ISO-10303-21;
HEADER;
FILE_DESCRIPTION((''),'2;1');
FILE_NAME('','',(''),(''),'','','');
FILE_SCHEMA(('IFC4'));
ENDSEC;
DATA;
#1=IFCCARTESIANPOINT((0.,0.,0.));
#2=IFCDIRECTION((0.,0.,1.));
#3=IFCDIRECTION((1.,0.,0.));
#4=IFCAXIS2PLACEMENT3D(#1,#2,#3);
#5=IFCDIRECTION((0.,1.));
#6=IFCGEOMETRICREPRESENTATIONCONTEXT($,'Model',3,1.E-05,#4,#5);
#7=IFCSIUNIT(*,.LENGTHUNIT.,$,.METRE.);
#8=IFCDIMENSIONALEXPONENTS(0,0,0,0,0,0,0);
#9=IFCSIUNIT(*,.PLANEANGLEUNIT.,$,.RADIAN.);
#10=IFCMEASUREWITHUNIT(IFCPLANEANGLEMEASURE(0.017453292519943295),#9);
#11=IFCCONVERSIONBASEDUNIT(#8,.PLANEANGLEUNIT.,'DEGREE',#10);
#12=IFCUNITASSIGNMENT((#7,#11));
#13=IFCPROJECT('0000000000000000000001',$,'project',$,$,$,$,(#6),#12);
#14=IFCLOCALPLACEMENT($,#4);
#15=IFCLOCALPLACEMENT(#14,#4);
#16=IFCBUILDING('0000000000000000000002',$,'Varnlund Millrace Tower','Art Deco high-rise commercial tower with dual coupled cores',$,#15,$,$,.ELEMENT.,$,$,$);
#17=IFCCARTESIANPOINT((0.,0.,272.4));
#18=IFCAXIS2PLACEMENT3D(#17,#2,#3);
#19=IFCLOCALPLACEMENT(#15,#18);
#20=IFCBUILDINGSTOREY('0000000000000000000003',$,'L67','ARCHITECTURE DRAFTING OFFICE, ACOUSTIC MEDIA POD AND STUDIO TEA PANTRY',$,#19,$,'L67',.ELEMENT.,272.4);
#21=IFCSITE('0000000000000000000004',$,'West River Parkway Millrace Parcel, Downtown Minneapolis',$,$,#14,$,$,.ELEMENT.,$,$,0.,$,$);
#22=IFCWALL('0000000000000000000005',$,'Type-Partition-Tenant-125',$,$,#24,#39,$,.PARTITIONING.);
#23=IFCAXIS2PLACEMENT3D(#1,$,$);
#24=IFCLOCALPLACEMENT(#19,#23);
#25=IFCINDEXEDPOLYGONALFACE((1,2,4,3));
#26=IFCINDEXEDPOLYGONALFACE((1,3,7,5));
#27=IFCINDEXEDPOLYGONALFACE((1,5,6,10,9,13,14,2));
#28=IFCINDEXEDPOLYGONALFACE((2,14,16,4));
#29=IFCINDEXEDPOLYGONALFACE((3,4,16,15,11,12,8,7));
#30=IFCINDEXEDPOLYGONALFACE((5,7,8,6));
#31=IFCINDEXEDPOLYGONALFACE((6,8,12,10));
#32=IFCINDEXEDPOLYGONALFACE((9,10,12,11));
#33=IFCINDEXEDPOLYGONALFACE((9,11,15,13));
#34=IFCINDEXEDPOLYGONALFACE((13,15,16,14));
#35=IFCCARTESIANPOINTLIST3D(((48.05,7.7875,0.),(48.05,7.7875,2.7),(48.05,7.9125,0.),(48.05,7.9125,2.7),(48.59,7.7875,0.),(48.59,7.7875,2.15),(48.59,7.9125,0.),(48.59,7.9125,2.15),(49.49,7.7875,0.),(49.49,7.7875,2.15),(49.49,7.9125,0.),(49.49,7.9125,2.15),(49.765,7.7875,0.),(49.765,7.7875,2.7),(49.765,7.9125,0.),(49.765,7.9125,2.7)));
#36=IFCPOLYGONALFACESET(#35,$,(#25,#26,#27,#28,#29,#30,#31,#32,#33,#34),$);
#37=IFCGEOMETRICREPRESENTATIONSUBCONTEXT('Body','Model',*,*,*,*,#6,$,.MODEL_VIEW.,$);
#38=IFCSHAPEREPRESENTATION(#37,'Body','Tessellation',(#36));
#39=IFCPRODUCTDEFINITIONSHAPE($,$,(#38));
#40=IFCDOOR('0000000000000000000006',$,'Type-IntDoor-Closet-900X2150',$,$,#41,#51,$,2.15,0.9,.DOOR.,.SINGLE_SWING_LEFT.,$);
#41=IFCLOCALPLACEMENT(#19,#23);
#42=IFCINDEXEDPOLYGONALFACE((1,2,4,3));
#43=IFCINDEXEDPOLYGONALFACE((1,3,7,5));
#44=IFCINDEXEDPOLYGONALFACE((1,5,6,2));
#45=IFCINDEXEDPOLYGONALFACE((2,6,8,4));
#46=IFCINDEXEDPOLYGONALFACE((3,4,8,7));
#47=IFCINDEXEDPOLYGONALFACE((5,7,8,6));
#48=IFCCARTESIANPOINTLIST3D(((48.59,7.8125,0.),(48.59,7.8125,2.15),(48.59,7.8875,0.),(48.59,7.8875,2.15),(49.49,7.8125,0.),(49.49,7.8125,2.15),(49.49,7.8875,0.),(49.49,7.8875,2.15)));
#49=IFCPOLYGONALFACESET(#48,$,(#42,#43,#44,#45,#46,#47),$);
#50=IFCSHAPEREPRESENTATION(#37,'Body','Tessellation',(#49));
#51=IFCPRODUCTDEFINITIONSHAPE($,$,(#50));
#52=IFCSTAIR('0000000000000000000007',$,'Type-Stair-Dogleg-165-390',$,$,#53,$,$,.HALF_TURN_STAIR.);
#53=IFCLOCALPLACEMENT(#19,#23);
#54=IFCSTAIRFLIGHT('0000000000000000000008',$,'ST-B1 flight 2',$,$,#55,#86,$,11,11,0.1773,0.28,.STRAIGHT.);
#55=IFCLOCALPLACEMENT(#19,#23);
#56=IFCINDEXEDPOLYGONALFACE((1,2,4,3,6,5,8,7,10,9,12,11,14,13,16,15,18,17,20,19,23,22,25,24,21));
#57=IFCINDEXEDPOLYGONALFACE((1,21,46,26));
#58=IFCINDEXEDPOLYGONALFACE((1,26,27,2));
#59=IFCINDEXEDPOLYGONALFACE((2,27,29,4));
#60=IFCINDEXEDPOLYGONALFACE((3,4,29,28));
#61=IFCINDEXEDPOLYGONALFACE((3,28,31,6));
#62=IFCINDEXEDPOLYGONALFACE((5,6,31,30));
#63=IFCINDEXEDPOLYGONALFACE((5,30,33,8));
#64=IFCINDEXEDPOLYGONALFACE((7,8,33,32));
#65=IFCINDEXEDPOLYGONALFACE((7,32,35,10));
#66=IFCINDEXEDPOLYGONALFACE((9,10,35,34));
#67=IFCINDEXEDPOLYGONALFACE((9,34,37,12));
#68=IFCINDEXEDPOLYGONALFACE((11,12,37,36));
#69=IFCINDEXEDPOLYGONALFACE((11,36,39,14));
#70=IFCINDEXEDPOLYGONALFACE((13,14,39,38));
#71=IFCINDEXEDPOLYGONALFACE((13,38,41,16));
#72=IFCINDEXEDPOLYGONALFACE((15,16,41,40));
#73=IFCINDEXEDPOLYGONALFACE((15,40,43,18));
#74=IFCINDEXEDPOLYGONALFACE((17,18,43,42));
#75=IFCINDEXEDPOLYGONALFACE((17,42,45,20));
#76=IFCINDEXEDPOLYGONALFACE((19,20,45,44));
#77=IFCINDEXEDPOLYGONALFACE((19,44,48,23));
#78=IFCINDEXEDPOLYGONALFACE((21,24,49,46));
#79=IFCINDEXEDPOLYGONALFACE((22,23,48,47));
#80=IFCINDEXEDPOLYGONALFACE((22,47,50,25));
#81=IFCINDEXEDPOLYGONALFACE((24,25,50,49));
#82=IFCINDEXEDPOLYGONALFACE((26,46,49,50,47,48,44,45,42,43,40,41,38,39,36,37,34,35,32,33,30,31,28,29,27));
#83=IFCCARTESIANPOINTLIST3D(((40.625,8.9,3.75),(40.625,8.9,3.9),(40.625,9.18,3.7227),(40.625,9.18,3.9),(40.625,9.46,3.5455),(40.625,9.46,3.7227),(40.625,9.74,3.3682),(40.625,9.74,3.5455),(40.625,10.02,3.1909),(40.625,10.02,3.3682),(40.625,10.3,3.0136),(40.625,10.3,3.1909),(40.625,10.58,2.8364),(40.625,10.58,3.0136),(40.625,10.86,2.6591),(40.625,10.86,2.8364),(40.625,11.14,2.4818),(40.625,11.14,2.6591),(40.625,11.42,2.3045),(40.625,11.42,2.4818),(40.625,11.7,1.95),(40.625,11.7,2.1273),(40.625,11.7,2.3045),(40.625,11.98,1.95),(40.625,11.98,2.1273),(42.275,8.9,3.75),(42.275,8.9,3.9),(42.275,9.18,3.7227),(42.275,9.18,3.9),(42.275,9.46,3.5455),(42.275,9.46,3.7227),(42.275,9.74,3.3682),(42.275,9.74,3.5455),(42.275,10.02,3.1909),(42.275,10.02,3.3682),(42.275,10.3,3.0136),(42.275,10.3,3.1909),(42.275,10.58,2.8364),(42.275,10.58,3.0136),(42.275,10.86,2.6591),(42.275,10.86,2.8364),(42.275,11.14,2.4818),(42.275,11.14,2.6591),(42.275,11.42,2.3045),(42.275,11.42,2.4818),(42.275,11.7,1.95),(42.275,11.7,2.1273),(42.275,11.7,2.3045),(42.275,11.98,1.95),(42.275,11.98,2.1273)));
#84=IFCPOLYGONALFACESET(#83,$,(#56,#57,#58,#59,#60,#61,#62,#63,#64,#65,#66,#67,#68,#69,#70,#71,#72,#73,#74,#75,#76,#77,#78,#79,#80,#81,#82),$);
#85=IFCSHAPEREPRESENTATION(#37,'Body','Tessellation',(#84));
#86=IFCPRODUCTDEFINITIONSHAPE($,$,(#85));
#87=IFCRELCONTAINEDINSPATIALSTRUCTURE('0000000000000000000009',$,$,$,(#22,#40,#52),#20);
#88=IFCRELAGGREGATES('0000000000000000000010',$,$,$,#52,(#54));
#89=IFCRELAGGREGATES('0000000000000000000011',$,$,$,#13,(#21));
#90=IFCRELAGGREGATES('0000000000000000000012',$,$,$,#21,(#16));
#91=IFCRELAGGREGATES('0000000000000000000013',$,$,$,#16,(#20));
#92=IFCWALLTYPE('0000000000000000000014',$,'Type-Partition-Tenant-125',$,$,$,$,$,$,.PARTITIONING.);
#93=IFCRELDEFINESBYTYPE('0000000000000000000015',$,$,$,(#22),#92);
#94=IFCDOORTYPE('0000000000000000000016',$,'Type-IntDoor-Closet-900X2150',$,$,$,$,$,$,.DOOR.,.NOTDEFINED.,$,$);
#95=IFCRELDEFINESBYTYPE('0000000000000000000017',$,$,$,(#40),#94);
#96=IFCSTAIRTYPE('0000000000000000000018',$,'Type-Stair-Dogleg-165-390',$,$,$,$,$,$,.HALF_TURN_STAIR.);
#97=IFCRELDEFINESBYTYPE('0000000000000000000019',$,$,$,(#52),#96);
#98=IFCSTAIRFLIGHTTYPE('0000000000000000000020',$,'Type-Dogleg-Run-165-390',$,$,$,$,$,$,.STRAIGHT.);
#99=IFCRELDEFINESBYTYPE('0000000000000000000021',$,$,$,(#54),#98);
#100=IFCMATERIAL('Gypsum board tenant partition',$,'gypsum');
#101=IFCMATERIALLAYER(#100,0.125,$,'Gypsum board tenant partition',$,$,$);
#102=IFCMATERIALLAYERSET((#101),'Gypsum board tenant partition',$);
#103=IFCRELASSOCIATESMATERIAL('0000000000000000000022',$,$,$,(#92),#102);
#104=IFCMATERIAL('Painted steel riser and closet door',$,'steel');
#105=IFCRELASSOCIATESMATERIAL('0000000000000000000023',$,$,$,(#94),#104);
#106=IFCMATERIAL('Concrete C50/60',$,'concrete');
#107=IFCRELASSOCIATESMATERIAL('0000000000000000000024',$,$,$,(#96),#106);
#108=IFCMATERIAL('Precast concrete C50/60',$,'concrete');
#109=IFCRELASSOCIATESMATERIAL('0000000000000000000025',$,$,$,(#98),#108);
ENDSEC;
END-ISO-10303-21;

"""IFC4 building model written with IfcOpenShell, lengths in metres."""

from ifc_helpers import new_model, entity, si_unit, converted_unit, direction, frame, origin_with_axes, origin_2d_with_axis, place, context, subcontext, project, spatial, polyline, rectangle, outline, extrude, material, layer, layer_set, type_object, element, fill, aggregate, save


model = new_model("IFC4")

# Units and contexts
model_context = context("Model", 3, precision=1e-05, world=origin_with_axes(), true_north=direction((0.0, 1.0)))
body_context = subcontext(model_context, "Body", "Model", "MODEL_VIEW")
ifc_project = project(units=[si_unit("LENGTHUNIT", "METRE"), converted_unit("PLANEANGLEUNIT", "DEGREE", entity("IfcPlaneAngleMeasure", 0.017453292519943295), si_unit("PLANEANGLEUNIT", "RADIAN"), dimensions=[0, 0, 0, 0, 0, 0, 0])], contexts=[model_context])

# Site, building, storey
site_placement = place(None, origin_with_axes())
site = spatial("IfcSite", under=ifc_project, at=site_placement, Name="West River Parkway Millrace Parcel, Downtown Minneapolis", CompositionType="ELEMENT", RefElevation=0.0)
building_placement = place(site_placement, origin_with_axes())
building = spatial("IfcBuilding", under=site, at=building_placement, Name="Varnlund Millrace Tower", Description="Art Deco high-rise commercial tower with dual coupled cores", CompositionType="ELEMENT")
storey_placement = place(building_placement, frame((0.0, 0.0, 272.4), z_axis=(0.0, 0.0, 1.0), x_axis=(1.0, 0.0, 0.0)))
storey = spatial("IfcBuildingStorey", under=building, at=storey_placement, Name="L67", Description="ARCHITECTURE DRAFTING OFFICE, ACOUSTIC MEDIA POD AND STUDIO TEA PANTRY", LongName="L67", CompositionType="ELEMENT", Elevation=272.4)

# Shared definitions
ifc_material_1 = material(Name="Precast concrete C50/60", Category="concrete")

# Wall, opening, door
ifc_material_2 = material(Name="Gypsum board tenant partition", Category="gypsum")
ifc_layer_1 = layer(ifc_material_2, 0.125, Name="Gypsum board tenant partition")
ifc_layer_set_1 = layer_set([ifc_layer_1], Name="Gypsum board tenant partition")
wall_type_1 = type_object("IfcWallType", Name="Type-Partition-Tenant-125", PredefinedType="PARTITIONING", material=ifc_layer_set_1)
wall_1_placement = place(storey_placement, frame((49.765, 7.85, 0.0), z_axis=(0.0, 0.0, 1.0), x_axis=(-1.0, 0.0, 0.0)))
wall_1 = element("IfcWall", 1, at=wall_1_placement, inside=storey, type_object=wall_type_1, Name="Type-Partition-Tenant-125", PredefinedType="PARTITIONING", context=body_context, shape_type="SweptSolid", body=[
    extrude(outline(polyline([(0.0, -0.0625), (1.715, -0.0625), (1.715, 0.0625), (0.0, 0.0625), (0.0, -0.0625)])), origin_with_axes(), (0.0, 0.0, 1.0), 2.7),
])
opening_1_placement = place(wall_1_placement, frame((0.725, 0.0, 0.0), z_axis=(0.0, 0.0, 1.0), x_axis=(1.0, 0.0, 0.0)))
opening_1 = element("IfcOpeningElement", 2, at=opening_1_placement, cuts=wall_1, PredefinedType="OPENING", context=body_context, shape_type="SweptSolid", body=[
    extrude(rectangle(XDim=0.9, YDim=0.145, at=origin_2d_with_axis()), origin_with_axes(), (0.0, 0.0, 1.0), 2.15),
])
ifc_material_3 = material(Name="Painted steel riser and closet door", Category="steel")
door_type = type_object("IfcDoorType", Name="Type-IntDoor-Closet-900X2150", OperationType="NOTDEFINED", PredefinedType="DOOR", material=ifc_material_3)
door_placement = place(wall_1_placement, frame((0.725, 0.0, 0.0), z_axis=(0.0, 0.0, 1.0), x_axis=(1.0, 0.0, 0.0)))
door = element("IfcDoor", 3, at=door_placement, inside=storey, type_object=door_type, Name="Type-IntDoor-Closet-900X2150", OperationType="SINGLE_SWING_LEFT", OverallHeight=2.15, OverallWidth=0.9, PredefinedType="DOOR", context=body_context, shape_type="SweptSolid", body=[
    extrude(rectangle(XDim=0.9, YDim=0.075, at=origin_2d_with_axis()), origin_with_axes(), (0.0, 0.0, 1.0), 2.15),
])
fill(opening_1, door)

# Stair, stair flight
ifc_material_4 = material(Name="Concrete C50/60", Category="concrete")
stair_type = type_object("IfcStairType", Name="Type-Stair-Dogleg-165-390", PredefinedType="HALF_TURN_STAIR", material=ifc_material_4)
stair_placement = place(storey_placement, origin_with_axes())
stair = element("IfcStair", 4, at=stair_placement, inside=storey, type_object=stair_type, Name="Type-Stair-Dogleg-165-390", PredefinedType="HALF_TURN_STAIR")
stair_flight_type = type_object("IfcStairFlightType", Name="Type-Dogleg-Run-165-390", PredefinedType="STRAIGHT", material=ifc_material_1)
stair_flight_placement = place(storey_placement, frame((42.275, 11.98, 1.95), z_axis=(-1.0, 0.0, 0.0), x_axis=(0.0, -1.0, 0.0)))
stair_flight = element("IfcStairFlight", 5, at=stair_flight_placement, type_object=stair_flight_type, Name="ST-B1 flight 2", NumberOfRisers=11, NumberOfTreads=11, PredefinedType="STRAIGHT", RiserHeight=0.1773, TreadLength=0.28, context=body_context, shape_type="SweptSolid", body=[
    extrude(outline(polyline([(0.0, 0.0), (0.0, 0.1773), (0.28, 0.1773), (0.28, 0.3545), (0.56, 0.3545), (0.56, 0.5318), (0.84, 0.5318), (0.84, 0.7091), (1.12, 0.7091), (1.12, 0.8864), (1.4, 0.8864), (1.4, 1.0636), (1.68, 1.0636), (1.68, 1.2409), (1.96, 1.2409), (1.96, 1.4182), (2.24, 1.4182), (2.24, 1.5955), (2.52, 1.5955), (2.52, 1.7727), (2.8, 1.7727), (2.8, 1.95), (3.08, 1.95), (3.08, 1.8), (0.28, 0.0), (0.0, 0.0)])), origin_with_axes(), (0.0, 0.0, 1.0), 1.65),
])
aggregate(stair, [stair_flight])

save(model, "model.ifc")
